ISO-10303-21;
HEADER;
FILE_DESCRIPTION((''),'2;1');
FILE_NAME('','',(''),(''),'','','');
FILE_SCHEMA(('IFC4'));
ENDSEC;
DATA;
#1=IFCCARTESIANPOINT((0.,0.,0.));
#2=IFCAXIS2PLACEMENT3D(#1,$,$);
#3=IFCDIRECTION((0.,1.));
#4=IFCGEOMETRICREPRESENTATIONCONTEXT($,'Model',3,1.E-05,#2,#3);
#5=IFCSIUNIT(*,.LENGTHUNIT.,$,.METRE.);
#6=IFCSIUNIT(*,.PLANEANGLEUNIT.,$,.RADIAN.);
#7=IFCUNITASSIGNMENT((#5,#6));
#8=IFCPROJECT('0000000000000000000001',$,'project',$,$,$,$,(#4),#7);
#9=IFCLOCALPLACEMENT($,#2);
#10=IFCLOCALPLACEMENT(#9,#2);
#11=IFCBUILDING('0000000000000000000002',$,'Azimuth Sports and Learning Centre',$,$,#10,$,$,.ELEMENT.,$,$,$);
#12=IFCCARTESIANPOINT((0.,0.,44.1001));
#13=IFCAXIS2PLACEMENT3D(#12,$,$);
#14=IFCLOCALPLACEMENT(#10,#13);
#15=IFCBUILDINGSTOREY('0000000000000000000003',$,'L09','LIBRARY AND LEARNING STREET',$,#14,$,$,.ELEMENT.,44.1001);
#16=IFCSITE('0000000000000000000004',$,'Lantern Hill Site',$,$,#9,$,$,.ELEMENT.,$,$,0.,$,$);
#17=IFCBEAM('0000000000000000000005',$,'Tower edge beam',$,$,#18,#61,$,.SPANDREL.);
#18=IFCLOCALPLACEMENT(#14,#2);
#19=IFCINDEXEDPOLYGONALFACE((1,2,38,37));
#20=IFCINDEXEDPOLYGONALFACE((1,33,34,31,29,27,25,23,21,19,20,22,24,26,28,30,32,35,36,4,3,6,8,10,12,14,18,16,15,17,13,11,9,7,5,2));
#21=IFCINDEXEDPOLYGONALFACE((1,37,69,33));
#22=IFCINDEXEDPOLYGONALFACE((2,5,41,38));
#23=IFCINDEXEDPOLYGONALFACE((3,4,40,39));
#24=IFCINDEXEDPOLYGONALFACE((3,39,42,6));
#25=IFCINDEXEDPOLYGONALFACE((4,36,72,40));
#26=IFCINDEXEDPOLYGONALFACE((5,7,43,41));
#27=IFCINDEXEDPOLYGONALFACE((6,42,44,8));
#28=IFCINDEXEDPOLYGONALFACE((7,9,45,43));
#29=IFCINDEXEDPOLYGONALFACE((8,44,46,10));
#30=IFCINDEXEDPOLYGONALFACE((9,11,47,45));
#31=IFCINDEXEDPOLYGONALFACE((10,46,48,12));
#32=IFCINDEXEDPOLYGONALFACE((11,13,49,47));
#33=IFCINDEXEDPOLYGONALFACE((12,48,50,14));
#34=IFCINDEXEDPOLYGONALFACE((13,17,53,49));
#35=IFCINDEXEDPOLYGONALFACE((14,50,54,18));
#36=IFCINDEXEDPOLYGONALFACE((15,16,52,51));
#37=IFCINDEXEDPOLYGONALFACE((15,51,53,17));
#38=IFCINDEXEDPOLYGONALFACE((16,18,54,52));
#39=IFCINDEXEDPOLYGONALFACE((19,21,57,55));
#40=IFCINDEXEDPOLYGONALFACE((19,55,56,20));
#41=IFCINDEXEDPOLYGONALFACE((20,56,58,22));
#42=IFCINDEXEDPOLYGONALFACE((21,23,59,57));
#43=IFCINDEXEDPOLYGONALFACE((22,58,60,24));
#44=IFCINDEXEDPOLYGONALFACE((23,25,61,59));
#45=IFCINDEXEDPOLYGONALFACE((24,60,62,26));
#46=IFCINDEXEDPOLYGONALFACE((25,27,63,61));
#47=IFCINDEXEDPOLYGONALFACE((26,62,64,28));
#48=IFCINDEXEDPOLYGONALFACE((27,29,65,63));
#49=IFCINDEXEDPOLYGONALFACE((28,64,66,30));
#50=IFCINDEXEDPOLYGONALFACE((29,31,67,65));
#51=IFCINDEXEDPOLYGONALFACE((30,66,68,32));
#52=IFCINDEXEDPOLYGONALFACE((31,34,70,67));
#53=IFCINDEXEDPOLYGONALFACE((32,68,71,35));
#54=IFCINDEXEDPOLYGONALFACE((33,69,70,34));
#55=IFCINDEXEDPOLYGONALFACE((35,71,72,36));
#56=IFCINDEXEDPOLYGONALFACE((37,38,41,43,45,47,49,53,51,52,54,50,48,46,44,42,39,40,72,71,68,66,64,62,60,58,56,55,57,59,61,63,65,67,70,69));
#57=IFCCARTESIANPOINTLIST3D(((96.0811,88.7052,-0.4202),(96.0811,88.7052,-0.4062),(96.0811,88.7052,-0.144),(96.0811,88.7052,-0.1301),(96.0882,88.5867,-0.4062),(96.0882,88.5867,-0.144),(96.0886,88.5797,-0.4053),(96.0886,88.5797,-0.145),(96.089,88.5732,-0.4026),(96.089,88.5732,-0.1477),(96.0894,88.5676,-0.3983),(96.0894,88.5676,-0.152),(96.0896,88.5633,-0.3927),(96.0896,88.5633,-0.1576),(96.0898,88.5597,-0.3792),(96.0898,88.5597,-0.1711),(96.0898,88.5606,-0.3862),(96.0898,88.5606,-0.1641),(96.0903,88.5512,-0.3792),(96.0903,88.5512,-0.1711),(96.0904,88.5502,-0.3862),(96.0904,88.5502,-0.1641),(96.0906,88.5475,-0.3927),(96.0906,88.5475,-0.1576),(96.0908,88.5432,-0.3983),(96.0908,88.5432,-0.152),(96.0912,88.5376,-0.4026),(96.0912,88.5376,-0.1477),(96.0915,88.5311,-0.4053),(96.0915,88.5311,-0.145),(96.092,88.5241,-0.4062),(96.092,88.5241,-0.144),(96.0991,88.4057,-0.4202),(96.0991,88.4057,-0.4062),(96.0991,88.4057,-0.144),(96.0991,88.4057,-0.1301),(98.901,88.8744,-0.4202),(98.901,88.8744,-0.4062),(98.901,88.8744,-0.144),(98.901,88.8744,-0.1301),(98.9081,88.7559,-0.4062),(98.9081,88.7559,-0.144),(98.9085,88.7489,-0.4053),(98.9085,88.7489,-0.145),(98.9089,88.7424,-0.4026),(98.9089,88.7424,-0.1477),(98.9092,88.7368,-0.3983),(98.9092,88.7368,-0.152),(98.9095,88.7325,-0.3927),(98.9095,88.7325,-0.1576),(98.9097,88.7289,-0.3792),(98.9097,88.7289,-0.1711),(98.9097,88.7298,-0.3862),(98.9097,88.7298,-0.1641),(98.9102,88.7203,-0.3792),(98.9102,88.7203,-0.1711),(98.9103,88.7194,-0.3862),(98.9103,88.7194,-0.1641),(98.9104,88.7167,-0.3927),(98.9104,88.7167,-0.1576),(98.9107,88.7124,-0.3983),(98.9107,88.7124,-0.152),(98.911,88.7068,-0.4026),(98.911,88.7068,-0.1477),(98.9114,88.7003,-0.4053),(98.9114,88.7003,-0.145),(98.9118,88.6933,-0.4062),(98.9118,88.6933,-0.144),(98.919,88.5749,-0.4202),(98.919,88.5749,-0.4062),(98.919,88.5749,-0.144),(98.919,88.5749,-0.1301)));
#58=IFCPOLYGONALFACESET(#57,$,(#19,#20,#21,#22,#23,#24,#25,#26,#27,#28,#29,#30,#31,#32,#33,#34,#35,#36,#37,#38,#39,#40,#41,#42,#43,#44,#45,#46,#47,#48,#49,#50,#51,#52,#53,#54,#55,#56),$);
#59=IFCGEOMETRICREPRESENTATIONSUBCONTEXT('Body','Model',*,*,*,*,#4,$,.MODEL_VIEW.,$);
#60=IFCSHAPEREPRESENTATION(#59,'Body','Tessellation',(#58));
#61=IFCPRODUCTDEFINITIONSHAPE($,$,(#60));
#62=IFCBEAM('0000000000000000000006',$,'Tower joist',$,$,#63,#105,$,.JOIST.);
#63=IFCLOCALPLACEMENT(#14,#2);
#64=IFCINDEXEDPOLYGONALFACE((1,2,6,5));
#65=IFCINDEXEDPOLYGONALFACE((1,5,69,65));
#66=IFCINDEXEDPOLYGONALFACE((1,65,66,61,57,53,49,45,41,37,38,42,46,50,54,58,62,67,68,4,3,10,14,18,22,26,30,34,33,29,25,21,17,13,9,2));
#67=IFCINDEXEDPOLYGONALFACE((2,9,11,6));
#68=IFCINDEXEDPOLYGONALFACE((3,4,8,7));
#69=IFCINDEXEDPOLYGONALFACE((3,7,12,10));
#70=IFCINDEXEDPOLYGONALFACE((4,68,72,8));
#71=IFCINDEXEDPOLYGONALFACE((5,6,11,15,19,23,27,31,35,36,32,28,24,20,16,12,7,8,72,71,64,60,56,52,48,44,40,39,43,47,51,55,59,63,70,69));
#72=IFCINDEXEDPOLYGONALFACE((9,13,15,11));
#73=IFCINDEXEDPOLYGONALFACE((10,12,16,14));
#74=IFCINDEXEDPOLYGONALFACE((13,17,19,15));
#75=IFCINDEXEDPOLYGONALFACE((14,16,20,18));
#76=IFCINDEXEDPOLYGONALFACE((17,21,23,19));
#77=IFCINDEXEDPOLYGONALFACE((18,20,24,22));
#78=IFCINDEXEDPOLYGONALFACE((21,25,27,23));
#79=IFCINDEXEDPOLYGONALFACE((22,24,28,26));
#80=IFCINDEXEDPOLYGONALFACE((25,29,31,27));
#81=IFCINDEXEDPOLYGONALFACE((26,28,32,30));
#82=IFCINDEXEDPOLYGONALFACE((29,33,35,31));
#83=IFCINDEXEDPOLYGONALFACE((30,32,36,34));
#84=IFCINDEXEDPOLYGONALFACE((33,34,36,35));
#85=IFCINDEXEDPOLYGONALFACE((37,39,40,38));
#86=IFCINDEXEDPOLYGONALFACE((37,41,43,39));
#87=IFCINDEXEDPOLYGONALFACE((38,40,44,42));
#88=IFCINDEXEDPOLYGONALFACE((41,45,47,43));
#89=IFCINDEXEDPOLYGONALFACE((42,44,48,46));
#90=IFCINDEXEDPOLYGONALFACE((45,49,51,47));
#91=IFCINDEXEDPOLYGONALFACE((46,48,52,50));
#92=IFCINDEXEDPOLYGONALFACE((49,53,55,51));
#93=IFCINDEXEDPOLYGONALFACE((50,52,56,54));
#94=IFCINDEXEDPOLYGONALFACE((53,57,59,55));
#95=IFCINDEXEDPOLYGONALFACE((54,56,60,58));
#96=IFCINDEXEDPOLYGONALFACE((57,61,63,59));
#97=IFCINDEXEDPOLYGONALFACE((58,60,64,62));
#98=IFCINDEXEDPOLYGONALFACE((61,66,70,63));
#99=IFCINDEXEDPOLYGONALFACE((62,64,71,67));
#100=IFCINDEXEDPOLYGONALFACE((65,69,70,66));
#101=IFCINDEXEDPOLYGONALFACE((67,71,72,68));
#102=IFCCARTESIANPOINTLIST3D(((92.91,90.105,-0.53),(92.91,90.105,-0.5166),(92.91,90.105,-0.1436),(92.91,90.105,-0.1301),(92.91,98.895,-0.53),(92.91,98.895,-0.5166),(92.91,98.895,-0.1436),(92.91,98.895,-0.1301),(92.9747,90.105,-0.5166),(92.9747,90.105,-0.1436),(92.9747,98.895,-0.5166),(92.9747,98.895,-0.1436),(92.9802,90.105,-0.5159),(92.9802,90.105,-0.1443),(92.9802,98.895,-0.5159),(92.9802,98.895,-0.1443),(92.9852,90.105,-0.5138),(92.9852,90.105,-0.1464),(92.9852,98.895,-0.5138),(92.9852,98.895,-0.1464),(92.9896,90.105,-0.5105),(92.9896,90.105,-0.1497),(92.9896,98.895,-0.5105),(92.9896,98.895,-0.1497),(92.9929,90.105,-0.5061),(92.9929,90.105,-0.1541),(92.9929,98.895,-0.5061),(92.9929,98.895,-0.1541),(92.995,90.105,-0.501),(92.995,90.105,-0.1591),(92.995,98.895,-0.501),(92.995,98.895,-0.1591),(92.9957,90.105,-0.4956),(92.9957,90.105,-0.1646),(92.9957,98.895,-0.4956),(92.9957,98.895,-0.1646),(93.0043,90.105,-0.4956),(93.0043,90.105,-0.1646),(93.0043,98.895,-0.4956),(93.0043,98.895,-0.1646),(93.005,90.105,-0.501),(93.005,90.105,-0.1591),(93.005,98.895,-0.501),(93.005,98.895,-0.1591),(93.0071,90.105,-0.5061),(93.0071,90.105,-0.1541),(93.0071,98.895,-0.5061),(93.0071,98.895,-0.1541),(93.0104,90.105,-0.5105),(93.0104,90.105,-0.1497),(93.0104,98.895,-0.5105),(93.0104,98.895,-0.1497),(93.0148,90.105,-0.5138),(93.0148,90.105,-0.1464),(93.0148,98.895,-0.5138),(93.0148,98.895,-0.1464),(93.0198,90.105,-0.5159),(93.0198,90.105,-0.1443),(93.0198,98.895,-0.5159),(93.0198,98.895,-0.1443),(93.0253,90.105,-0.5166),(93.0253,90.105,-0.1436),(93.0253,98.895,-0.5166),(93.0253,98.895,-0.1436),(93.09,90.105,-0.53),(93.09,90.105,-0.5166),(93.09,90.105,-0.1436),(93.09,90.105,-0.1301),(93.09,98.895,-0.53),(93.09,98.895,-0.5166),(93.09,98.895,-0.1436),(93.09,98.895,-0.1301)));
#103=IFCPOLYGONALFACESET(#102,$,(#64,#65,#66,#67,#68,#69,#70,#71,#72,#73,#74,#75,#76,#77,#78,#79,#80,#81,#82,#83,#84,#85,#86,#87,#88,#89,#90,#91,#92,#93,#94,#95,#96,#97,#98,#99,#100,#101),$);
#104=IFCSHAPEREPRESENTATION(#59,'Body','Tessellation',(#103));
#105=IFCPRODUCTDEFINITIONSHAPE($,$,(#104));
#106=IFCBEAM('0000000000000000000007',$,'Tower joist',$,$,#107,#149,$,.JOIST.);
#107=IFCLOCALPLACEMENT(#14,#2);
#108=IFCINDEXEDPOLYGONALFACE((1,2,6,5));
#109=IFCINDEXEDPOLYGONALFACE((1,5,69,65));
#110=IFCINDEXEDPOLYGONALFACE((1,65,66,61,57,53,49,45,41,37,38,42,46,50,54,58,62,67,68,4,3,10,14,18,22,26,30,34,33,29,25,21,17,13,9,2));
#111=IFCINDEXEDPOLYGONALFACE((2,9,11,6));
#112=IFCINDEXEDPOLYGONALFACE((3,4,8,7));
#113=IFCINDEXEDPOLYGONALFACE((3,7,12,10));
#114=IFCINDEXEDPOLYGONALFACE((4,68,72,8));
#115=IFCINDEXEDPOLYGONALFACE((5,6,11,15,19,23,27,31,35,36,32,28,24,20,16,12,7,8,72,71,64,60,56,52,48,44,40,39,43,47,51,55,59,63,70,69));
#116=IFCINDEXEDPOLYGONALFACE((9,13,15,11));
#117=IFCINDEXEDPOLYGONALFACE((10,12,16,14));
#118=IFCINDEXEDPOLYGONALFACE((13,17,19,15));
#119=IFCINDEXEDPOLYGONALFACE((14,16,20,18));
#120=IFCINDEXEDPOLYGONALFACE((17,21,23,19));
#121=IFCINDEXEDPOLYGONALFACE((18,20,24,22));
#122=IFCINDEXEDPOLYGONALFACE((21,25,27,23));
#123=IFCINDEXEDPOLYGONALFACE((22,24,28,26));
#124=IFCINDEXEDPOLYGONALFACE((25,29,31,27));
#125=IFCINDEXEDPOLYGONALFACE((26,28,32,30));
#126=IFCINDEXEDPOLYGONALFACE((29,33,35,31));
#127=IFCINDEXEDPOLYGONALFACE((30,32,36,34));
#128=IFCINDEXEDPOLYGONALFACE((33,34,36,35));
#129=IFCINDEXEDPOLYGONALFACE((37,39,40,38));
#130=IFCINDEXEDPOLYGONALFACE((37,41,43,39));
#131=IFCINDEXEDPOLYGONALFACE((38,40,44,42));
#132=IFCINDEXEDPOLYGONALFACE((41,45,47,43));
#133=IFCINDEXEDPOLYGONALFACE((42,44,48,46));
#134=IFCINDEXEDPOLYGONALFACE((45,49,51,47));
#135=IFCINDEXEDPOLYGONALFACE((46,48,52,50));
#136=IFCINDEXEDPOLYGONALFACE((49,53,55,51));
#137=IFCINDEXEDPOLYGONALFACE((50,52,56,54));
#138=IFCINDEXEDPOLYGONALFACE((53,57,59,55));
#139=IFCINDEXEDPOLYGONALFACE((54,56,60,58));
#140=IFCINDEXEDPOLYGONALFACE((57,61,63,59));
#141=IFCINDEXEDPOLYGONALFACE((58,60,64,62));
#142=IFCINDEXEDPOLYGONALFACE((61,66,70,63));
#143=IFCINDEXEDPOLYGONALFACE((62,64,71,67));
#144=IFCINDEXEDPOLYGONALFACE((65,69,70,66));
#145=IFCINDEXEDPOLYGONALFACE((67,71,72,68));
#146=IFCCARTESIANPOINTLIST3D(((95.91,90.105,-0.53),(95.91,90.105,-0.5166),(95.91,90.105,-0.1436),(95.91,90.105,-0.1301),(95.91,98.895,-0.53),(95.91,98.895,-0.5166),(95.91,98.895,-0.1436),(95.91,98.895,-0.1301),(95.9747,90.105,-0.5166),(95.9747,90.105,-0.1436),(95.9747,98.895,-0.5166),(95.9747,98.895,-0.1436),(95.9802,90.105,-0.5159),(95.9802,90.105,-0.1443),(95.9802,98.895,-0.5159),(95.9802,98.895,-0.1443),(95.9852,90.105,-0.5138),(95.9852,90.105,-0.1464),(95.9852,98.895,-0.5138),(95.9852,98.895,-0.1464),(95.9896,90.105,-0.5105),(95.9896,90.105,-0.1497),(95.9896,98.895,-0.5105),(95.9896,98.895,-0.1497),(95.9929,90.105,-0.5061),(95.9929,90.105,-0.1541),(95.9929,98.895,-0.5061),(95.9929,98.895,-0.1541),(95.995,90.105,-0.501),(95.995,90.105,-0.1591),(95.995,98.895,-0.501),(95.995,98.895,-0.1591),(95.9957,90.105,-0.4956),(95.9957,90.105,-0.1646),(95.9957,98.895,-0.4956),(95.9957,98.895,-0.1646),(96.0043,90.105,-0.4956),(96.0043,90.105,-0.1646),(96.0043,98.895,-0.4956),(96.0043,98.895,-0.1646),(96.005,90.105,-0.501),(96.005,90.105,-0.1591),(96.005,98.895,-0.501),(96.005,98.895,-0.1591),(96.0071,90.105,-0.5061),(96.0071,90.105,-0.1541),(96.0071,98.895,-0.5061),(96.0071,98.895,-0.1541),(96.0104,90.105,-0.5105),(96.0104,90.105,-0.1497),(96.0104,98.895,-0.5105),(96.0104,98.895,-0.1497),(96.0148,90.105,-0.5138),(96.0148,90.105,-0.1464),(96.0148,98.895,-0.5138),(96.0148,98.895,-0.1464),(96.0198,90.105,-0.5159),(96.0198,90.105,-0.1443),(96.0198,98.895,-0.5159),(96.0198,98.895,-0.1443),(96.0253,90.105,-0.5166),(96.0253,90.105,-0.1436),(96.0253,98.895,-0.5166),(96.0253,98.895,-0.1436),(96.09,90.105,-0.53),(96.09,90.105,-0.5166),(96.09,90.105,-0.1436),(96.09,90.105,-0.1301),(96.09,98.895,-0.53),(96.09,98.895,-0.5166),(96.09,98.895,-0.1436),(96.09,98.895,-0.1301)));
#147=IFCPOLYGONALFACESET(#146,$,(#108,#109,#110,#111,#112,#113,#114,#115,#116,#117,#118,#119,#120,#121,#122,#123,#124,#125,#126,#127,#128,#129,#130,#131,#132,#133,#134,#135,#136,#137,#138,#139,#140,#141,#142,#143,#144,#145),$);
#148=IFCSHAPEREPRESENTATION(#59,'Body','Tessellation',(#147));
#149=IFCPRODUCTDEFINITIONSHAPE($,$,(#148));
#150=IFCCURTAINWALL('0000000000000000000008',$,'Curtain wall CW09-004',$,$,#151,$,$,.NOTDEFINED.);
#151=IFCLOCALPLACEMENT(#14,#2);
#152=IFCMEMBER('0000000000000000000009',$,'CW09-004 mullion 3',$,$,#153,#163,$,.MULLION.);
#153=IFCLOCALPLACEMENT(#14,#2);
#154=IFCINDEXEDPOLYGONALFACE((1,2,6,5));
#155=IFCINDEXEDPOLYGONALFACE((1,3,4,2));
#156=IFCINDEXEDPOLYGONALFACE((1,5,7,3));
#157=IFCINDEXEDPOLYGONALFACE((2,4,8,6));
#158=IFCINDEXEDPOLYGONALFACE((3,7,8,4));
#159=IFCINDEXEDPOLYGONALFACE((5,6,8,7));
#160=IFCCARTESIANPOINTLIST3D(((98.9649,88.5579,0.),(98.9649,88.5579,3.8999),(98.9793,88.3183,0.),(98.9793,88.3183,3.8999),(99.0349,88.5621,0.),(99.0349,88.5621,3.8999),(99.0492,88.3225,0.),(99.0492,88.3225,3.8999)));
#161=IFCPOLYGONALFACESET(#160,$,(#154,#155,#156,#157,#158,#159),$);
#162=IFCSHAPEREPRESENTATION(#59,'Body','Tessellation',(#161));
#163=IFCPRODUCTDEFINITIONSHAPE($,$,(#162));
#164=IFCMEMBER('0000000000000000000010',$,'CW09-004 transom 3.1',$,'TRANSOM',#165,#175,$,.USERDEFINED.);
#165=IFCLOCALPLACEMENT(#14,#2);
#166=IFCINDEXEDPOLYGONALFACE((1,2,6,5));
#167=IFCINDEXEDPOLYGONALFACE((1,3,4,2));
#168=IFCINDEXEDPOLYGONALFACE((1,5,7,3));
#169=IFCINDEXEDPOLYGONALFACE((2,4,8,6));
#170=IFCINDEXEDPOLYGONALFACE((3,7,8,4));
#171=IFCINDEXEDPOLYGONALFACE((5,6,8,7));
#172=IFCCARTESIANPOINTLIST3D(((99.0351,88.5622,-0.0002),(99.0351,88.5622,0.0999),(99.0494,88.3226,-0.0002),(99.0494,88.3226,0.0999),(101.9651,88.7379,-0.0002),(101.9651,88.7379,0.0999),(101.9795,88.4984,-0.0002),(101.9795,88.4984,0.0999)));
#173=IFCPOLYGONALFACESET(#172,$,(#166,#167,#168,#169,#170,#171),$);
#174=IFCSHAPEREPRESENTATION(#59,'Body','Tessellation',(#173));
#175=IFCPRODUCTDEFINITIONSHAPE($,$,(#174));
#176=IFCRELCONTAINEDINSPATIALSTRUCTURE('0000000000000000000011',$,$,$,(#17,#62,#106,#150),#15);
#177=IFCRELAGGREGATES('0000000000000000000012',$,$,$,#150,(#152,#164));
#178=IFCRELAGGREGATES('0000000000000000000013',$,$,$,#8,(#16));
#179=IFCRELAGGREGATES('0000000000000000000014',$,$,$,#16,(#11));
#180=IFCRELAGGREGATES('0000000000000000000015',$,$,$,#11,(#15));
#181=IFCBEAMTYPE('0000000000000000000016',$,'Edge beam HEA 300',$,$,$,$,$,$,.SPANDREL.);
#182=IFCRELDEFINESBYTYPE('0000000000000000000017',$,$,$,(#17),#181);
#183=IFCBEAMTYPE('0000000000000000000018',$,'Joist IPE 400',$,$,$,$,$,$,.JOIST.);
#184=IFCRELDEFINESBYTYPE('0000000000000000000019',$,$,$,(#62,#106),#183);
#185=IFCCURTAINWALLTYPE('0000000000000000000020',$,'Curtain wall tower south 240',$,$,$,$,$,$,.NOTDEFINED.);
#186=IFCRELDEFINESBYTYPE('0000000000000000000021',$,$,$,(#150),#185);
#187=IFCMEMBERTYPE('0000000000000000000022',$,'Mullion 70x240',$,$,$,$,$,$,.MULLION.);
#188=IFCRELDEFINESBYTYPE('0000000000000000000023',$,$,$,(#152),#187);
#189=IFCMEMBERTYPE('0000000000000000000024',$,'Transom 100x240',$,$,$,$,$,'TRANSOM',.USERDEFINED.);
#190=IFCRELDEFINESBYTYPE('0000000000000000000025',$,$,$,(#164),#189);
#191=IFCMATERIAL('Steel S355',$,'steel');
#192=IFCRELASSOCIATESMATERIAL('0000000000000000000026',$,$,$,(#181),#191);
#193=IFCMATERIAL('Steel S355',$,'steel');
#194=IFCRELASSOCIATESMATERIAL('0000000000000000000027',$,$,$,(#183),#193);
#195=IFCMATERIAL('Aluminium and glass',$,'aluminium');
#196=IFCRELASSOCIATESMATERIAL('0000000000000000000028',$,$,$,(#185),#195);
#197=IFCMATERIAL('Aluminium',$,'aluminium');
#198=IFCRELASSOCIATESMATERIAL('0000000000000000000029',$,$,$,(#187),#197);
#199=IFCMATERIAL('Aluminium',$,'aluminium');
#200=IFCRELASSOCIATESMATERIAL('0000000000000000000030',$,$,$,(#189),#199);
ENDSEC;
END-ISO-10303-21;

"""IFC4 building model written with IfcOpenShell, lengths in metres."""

from ifc_helpers import new_model, si_unit, direction, frame, origin, origin_2d, place, context, subcontext, project, spatial, rectangle, i_section, extrude, material, material_profile, profile_set, type_object, element, aggregate, save


model = new_model("IFC4")

# Units and contexts
model_context = context("Model", 3, precision=1e-05, world=origin(), true_north=direction((0.0, 1.0)))
body_context = subcontext(model_context, "Body", "Model", "MODEL_VIEW")
ifc_project = project(units=[si_unit("LENGTHUNIT", "METRE"), si_unit("PLANEANGLEUNIT", "RADIAN")], contexts=[model_context])

# Site, building, storey
site_placement = place(None, origin())
site = spatial("IfcSite", under=ifc_project, at=site_placement, Name="Lantern Hill Site", CompositionType="ELEMENT", RefElevation=0.0)
building_placement = place(site_placement, origin())
building = spatial("IfcBuilding", under=site, at=building_placement, Name="Azimuth Sports and Learning Centre", CompositionType="ELEMENT")
storey_placement = place(building_placement, frame((0.0, 0.0, 44.1001)))
storey = spatial("IfcBuildingStorey", under=building, at=storey_placement, Name="L09", Description="LIBRARY AND LEARNING STREET", CompositionType="ELEMENT", Elevation=44.1001)

# Beams
ifc_material_1 = material(Name="Steel S355", Category="steel")
ifc_material_profile_1 = material_profile(ifc_material_1, i_section(OverallWidth=0.3, OverallDepth=0.29, WebThickness=0.0085, FlangeThickness=0.0139, FilletRadius=0.0271, at=origin_2d()), Name="HEA 300")
ifc_profile_set_1 = profile_set([ifc_material_profile_1], Name="Steel S355")
beam_type_1 = type_object("IfcBeamType", Name="Edge beam HEA 300", PredefinedType="SPANDREL", material=ifc_profile_set_1)
for number, where, z_axis, x_axis, name in (
    (1, (96.0901, 88.5554, -0.2751), (0.998205, 0.059892, 0.0), (-0.059892, 0.998205, 0.0), "Tower edge beam"),
):
    element("IfcBeam", number, at=place(storey_placement, frame(where, z_axis=z_axis, x_axis=x_axis)), inside=storey, type_object=beam_type_1, Name=name, PredefinedType="SPANDREL", context=body_context, shape_type="SweptSolid", body=[
        extrude(i_section(OverallWidth=0.3, OverallDepth=0.29, WebThickness=0.0085, FlangeThickness=0.0139, FilletRadius=0.0271, at=origin_2d()), origin(), (0.0, 0.0, 1.0), 2.825),
    ])
ifc_material_2 = material(Name="Steel S355", Category="steel")
ifc_material_profile_2 = material_profile(ifc_material_2, i_section(OverallWidth=0.1799, OverallDepth=0.3999, WebThickness=0.0085, FlangeThickness=0.0134, FilletRadius=0.021, at=origin_2d()), Name="IPE 400")
ifc_profile_set_2 = profile_set([ifc_material_profile_2], Name="Steel S355")
beam_type_2 = type_object("IfcBeamType", Name="Joist IPE 400", PredefinedType="JOIST", material=ifc_profile_set_2)
for number, where, z_axis, x_axis, name in (
    (2, (93.0, 90.105, -0.3301), (0.0, 1.0, 0.0), (-1.0, 0.0, 0.0), "Tower joist"),
    (3, (96.0, 90.105, -0.3301), (0.0, 1.0, 0.0), (-1.0, 0.0, 0.0), "Tower joist"),
):
    element("IfcBeam", number, at=place(storey_placement, frame(where, z_axis=z_axis, x_axis=x_axis)), inside=storey, type_object=beam_type_2, Name=name, PredefinedType="JOIST", context=body_context, shape_type="SweptSolid", body=[
        extrude(i_section(OverallWidth=0.1799, OverallDepth=0.3999, WebThickness=0.0085, FlangeThickness=0.0134, FilletRadius=0.021, at=origin_2d()), origin(), (0.0, 0.0, 1.0), 8.79),
    ])

# Curtain wall, members
ifc_material_3 = material(Name="Aluminium and glass", Category="aluminium")
curtain_wall_type = type_object("IfcCurtainWallType", Name="Curtain wall tower south 240", PredefinedType="NOTDEFINED", material=ifc_material_3)
curtain_wall_placement = place(storey_placement, origin())
curtain_wall = element("IfcCurtainWall", 4, at=curtain_wall_placement, inside=storey, type_object=curtain_wall_type, Name="Curtain wall CW09-004", PredefinedType="NOTDEFINED")
ifc_material_4 = material(Name="Aluminium", Category="aluminium")
ifc_material_profile_3 = material_profile(ifc_material_4, rectangle(XDim=0.24, YDim=0.0701, at=origin_2d()), Name="Mullion 70x240")
ifc_profile_set_3 = profile_set([ifc_material_profile_3], Name="Aluminium")
member_type_1 = type_object("IfcMemberType", Name="Mullion 70x240", PredefinedType="MULLION", material=ifc_profile_set_3)
member_1_placement = place(storey_placement, frame((99.0071, 88.4402, 0.0), z_axis=(0.0, 0.0, 1.0), x_axis=(-0.059892, 0.998205, 0.0)))
member_1 = element("IfcMember", 5, at=member_1_placement, type_object=member_type_1, Name="CW09-004 mullion 3", PredefinedType="MULLION", context=body_context, shape_type="SweptSolid", body=[
    extrude(rectangle(XDim=0.24, YDim=0.0701, at=origin_2d()), origin(), (0.0, 0.0, 1.0), 3.8999),
])
ifc_material_5 = material(Name="Aluminium", Category="aluminium")
ifc_material_profile_4 = material_profile(ifc_material_5, rectangle(XDim=0.24, YDim=0.1001, at=origin_2d()), Name="Transom 100x240")
ifc_profile_set_4 = profile_set([ifc_material_profile_4], Name="Aluminium")
member_type_2 = type_object("IfcMemberType", Name="Transom 100x240", ElementType="TRANSOM", PredefinedType="USERDEFINED", material=ifc_profile_set_4)
member_2_placement = place(storey_placement, frame((99.0422, 88.4424, 0.0498), z_axis=(0.998205, 0.059887, 0.0), x_axis=(-0.059887, 0.998205, 0.0)))
member_2 = element("IfcMember", 6, at=member_2_placement, type_object=member_type_2, Name="CW09-004 transom 3.1", ObjectType="TRANSOM", PredefinedType="USERDEFINED", context=body_context, shape_type="SweptSolid", body=[
    extrude(rectangle(XDim=0.24, YDim=0.1001, at=origin_2d()), origin(), (0.0, 0.0, 1.0), 2.9353),
])
aggregate(curtain_wall, [member_1, member_2])

save(model, "model.ifc")
